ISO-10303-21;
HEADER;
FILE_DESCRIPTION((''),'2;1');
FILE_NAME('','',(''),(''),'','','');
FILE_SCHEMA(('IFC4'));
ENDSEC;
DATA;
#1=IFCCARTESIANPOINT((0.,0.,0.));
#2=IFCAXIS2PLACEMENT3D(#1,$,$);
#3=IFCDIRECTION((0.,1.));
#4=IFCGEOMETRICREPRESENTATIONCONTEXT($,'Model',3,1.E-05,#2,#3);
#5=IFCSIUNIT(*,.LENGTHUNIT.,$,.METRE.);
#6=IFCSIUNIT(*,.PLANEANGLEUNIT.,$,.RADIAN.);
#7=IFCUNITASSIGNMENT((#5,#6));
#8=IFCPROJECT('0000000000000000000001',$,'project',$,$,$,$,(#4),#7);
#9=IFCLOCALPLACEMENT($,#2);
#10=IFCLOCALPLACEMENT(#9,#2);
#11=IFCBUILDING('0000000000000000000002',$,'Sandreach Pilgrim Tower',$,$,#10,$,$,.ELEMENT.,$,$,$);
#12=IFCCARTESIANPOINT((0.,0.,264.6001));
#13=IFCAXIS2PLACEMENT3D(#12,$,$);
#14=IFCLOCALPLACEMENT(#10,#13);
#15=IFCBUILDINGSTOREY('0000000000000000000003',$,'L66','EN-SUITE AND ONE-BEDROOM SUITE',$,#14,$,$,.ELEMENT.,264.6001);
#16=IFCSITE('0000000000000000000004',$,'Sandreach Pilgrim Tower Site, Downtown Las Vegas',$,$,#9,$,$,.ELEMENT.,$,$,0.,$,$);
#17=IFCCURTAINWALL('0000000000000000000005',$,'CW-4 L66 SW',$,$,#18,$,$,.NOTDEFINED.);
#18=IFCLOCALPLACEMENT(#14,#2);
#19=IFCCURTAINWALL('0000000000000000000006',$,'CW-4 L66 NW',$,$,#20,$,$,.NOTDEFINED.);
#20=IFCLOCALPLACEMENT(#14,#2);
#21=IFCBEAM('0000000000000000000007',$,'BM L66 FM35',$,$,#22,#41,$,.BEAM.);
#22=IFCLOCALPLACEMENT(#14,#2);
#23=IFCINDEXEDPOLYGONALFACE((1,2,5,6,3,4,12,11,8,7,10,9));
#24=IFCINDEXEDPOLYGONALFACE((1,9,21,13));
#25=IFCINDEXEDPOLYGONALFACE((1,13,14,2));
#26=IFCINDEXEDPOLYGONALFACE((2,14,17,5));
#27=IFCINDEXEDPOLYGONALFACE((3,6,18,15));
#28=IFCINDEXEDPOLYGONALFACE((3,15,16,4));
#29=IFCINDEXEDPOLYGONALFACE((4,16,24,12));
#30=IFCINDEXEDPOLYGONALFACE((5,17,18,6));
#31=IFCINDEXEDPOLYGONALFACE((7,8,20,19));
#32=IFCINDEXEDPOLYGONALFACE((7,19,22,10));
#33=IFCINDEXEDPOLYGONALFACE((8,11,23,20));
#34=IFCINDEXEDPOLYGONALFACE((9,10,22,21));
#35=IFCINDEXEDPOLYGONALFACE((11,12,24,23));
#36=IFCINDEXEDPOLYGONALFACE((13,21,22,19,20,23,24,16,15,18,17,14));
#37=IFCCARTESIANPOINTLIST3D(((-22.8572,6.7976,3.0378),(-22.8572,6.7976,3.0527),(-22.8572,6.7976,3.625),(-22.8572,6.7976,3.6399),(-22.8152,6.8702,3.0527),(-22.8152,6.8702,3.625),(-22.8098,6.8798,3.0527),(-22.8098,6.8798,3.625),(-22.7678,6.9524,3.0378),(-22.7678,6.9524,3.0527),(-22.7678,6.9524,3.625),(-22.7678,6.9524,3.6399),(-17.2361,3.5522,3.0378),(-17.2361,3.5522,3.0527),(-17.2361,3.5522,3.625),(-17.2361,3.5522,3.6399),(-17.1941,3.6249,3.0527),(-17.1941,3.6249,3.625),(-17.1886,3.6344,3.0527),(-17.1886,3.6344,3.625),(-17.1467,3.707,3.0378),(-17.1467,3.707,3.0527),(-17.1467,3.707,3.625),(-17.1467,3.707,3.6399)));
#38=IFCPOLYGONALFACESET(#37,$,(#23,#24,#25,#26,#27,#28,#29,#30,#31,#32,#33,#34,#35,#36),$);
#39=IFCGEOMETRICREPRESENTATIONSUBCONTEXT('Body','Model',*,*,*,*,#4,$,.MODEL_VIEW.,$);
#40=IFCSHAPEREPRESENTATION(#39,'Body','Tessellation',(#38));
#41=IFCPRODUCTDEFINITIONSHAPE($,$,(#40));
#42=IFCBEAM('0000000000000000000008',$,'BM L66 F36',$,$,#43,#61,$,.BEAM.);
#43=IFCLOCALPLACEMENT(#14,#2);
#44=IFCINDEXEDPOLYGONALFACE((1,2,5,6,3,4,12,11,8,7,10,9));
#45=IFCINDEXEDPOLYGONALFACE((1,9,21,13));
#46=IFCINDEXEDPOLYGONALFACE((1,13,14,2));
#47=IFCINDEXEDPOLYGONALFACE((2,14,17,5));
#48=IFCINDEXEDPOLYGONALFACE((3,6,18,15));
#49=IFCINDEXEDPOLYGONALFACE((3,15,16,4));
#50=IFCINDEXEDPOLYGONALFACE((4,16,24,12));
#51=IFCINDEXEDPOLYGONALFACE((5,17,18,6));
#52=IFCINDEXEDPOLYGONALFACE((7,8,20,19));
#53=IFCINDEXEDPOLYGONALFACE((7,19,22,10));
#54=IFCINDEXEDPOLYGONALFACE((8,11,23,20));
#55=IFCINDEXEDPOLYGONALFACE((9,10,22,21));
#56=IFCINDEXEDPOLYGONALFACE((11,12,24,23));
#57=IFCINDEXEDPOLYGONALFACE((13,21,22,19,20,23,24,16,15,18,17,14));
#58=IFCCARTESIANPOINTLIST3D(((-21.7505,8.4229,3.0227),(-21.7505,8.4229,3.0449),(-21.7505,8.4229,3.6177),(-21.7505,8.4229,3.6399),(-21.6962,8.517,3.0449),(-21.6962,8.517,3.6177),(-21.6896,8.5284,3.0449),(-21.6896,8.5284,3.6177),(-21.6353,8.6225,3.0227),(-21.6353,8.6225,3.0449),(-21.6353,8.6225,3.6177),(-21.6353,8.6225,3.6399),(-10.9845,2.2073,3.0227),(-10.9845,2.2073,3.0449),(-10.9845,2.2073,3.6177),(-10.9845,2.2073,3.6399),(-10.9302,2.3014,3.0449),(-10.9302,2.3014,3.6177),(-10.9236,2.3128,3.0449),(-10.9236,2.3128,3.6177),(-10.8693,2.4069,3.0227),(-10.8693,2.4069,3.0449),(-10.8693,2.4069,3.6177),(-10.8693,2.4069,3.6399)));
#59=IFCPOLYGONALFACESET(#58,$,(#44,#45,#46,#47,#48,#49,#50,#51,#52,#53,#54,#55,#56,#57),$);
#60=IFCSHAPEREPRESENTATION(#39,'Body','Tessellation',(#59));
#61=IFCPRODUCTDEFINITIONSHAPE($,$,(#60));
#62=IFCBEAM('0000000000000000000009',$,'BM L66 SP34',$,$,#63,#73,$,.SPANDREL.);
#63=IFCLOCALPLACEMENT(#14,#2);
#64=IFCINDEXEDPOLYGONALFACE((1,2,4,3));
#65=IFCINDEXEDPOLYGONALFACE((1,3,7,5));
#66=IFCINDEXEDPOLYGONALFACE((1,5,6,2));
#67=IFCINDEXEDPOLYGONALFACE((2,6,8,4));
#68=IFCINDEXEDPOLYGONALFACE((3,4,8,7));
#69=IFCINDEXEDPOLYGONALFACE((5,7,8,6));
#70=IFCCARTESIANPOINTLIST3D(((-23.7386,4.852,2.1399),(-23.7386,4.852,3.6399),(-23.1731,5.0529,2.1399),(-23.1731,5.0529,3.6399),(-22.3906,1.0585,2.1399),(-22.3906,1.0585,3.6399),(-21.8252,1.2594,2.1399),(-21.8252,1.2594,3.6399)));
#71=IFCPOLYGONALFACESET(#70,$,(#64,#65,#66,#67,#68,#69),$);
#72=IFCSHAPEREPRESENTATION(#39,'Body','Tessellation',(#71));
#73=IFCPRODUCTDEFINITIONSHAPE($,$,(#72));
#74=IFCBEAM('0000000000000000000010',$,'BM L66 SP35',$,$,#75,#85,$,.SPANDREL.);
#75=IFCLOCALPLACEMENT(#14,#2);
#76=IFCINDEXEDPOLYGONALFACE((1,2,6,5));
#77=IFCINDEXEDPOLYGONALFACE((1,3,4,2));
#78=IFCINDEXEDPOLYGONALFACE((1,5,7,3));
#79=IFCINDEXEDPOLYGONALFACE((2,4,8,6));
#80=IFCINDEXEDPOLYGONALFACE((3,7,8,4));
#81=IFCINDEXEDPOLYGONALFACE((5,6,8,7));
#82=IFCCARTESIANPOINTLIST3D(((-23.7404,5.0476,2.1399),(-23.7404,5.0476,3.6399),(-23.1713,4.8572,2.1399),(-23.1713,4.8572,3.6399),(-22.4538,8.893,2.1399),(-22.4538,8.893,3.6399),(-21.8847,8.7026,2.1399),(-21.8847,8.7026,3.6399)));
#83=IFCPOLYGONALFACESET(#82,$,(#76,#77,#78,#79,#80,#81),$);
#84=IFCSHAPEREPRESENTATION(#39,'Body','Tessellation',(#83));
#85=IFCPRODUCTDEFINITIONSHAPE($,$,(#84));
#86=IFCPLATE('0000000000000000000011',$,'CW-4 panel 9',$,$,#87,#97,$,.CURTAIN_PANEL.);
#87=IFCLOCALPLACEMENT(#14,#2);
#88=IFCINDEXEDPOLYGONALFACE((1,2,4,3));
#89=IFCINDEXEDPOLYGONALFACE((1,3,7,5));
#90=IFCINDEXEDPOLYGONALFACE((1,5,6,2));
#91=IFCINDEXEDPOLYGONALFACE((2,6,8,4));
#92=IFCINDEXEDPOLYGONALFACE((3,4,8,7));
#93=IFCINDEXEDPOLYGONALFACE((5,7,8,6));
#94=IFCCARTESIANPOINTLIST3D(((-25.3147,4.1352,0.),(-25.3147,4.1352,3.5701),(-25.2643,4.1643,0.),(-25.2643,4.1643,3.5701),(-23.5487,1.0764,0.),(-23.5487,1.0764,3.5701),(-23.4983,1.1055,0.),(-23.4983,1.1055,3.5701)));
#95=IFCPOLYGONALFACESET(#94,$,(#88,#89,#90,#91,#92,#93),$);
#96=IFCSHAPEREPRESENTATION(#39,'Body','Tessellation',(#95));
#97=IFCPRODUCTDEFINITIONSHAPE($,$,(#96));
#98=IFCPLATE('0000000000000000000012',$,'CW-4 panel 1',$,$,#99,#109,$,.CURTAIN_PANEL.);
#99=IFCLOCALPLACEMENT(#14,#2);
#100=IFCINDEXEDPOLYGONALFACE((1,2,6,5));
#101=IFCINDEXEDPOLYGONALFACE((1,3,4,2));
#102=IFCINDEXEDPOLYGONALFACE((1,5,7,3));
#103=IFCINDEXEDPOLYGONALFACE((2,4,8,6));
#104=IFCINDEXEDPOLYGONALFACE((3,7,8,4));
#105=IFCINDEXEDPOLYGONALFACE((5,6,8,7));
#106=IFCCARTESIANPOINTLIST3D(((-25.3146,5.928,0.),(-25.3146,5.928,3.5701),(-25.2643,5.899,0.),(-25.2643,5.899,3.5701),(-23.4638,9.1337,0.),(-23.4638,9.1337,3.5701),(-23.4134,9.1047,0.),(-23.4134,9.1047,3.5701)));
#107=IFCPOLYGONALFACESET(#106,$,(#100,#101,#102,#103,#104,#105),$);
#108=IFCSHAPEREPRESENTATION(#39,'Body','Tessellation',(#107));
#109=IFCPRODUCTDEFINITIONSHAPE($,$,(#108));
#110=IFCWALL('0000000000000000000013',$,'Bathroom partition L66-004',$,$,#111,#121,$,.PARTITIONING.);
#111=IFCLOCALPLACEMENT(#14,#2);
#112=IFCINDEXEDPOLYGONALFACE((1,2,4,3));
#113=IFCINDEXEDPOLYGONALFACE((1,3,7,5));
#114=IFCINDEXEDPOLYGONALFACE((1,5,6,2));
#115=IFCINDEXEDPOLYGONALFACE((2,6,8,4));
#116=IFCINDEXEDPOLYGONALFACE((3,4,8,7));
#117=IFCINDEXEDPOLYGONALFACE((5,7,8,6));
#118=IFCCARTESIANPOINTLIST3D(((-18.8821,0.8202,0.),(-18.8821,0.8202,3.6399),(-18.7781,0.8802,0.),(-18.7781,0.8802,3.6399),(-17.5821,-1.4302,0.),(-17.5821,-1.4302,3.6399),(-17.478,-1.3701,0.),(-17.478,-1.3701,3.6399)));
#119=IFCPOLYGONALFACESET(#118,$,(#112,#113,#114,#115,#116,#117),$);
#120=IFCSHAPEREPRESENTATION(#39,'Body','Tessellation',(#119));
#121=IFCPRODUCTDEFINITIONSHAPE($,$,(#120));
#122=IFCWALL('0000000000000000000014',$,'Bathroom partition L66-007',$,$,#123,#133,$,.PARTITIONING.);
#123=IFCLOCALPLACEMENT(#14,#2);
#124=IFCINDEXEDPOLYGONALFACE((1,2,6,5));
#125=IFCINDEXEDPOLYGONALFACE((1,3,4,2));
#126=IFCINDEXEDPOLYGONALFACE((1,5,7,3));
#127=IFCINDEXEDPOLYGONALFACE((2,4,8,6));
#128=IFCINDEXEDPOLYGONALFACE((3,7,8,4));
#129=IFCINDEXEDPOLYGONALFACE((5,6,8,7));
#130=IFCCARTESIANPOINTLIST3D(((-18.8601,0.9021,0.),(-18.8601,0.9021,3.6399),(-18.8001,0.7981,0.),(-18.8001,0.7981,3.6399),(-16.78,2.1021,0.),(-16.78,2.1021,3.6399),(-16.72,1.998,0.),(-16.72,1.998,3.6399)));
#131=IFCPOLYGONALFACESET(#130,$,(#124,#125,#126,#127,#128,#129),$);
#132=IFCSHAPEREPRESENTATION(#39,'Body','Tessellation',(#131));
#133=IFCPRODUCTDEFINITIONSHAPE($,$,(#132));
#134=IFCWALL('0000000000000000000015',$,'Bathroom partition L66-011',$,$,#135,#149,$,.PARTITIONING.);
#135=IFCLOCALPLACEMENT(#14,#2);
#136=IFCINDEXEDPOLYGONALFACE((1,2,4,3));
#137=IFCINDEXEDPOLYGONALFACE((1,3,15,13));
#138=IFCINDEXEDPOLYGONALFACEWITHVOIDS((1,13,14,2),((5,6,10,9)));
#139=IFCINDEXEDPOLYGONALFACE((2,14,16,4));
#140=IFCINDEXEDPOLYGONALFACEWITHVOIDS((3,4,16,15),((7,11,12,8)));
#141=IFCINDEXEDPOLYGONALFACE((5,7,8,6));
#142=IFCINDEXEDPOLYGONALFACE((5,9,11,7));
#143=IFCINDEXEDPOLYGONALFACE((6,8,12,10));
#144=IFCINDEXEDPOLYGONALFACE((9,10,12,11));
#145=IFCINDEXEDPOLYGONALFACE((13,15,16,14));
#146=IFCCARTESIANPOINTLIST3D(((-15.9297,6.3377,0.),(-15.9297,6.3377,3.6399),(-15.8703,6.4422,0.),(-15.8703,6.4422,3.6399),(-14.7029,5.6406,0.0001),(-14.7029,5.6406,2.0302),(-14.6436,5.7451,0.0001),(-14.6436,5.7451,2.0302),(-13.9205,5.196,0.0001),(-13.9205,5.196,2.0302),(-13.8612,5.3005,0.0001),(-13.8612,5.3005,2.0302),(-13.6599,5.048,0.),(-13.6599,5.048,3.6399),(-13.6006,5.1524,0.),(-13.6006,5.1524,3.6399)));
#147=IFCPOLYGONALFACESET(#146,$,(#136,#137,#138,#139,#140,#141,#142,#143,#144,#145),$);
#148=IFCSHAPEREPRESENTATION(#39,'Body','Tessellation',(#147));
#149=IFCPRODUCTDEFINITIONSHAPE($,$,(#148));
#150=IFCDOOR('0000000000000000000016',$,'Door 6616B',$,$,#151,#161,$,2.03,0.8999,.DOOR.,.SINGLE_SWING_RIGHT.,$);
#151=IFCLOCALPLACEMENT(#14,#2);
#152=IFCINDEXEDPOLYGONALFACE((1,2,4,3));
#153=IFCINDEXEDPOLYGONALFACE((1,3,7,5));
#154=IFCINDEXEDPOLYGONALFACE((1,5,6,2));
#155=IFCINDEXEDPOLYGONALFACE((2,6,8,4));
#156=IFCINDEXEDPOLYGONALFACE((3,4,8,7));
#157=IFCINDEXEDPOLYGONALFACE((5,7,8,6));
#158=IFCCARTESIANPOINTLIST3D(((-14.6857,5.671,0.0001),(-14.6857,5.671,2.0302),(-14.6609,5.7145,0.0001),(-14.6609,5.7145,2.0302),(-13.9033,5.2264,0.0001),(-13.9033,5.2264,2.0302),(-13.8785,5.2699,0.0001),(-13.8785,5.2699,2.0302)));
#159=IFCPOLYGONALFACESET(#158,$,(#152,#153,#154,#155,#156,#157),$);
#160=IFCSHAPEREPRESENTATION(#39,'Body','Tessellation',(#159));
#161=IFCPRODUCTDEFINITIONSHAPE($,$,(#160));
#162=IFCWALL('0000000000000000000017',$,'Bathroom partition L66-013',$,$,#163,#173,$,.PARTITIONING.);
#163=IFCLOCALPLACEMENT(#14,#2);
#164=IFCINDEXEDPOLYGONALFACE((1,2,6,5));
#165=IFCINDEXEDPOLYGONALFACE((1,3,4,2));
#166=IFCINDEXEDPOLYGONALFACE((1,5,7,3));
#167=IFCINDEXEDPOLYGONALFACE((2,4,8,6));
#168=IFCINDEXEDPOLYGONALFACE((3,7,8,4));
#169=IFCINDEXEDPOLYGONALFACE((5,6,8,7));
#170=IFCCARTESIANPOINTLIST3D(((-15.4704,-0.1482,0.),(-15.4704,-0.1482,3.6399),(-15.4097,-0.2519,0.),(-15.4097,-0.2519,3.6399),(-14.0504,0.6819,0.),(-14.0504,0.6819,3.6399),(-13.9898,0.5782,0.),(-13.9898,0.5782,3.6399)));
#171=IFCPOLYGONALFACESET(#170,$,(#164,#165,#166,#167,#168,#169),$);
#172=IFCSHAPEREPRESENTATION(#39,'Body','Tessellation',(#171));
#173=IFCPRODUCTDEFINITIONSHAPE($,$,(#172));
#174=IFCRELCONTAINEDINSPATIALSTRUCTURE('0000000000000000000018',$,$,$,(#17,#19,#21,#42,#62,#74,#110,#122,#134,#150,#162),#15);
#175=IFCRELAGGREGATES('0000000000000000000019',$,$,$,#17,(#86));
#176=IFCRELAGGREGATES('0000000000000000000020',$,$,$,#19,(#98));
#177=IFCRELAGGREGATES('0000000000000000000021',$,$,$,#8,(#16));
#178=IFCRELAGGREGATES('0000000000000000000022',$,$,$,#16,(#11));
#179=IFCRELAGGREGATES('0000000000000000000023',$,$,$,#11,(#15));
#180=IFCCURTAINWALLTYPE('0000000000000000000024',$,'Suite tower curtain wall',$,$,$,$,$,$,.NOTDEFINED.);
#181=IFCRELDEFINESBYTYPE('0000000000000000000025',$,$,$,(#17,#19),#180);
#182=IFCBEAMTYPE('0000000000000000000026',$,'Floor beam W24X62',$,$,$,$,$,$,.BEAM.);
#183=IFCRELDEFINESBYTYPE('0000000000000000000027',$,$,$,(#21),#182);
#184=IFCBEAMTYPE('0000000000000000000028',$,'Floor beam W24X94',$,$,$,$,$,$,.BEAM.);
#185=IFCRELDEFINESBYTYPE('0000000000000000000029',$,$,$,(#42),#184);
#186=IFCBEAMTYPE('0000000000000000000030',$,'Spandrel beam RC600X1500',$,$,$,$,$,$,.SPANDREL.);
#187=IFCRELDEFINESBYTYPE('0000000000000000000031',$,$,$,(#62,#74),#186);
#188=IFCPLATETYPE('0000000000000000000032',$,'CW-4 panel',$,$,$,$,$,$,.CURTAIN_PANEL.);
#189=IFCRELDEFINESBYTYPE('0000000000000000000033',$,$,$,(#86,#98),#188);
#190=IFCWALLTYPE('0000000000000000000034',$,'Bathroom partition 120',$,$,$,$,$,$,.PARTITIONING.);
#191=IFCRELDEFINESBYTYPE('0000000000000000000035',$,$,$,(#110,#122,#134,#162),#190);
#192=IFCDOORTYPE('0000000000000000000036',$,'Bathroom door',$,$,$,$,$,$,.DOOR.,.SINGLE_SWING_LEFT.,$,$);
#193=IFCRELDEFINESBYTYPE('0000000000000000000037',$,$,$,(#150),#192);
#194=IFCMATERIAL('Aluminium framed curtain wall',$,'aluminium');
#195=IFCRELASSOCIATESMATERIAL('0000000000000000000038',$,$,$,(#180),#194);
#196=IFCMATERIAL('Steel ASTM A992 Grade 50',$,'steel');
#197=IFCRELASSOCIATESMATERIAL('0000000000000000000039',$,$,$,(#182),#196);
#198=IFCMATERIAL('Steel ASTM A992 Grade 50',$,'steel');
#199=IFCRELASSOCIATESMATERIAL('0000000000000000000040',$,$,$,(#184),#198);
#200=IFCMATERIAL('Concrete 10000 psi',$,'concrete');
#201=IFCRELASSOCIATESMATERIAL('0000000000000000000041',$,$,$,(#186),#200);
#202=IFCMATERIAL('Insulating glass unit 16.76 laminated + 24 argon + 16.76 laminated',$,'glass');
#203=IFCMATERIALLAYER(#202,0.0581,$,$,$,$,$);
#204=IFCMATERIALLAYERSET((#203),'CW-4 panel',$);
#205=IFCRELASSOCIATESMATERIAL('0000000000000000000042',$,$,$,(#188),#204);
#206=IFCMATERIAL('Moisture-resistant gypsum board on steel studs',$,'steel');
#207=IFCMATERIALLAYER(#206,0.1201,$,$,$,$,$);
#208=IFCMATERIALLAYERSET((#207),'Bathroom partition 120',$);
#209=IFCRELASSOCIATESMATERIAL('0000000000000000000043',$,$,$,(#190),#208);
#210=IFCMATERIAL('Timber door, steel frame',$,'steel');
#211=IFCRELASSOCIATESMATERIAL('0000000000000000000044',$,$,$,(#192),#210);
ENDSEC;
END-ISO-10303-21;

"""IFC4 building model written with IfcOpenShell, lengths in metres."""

from ifc_helpers import new_model, si_unit, direction, frame, frame_2d, origin, origin_2d, place, context, subcontext, project, spatial, rectangle, i_section, extrude, material, layer, layer_set, material_profile, profile_set, type_object, element, fill, aggregate, save


model = new_model("IFC4")

# Units and contexts
model_context = context("Model", 3, precision=1e-05, world=origin(), true_north=direction((0.0, 1.0)))
body_context = subcontext(model_context, "Body", "Model", "MODEL_VIEW")
ifc_project = project(units=[si_unit("LENGTHUNIT", "METRE"), si_unit("PLANEANGLEUNIT", "RADIAN")], contexts=[model_context])

# Site, building, storey
site_placement = place(None, origin())
site = spatial("IfcSite", under=ifc_project, at=site_placement, Name="Sandreach Pilgrim Tower Site, Downtown Las Vegas", CompositionType="ELEMENT", RefElevation=0.0)
building_placement = place(site_placement, origin())
building = spatial("IfcBuilding", under=site, at=building_placement, Name="Sandreach Pilgrim Tower", CompositionType="ELEMENT")
storey_placement = place(building_placement, frame((0.0, 0.0, 264.6001)))
storey = spatial("IfcBuildingStorey", under=building, at=storey_placement, Name="L66", Description="EN-SUITE AND ONE-BEDROOM SUITE", CompositionType="ELEMENT", Elevation=264.6001)

# Curtain wall
ifc_material_1 = material(Name="Aluminium framed curtain wall", Category="aluminium")
curtain_wall_type = type_object("IfcCurtainWallType", Name="Suite tower curtain wall", PredefinedType="NOTDEFINED", material=ifc_material_1)
curtain_wall_1_placement = place(storey_placement, origin())
curtain_wall_1 = element("IfcCurtainWall", 1, at=curtain_wall_1_placement, inside=storey, type_object=curtain_wall_type, Name="CW-4 L66 SW", PredefinedType="NOTDEFINED")

# Curtain wall
curtain_wall_2_placement = place(storey_placement, origin())
curtain_wall_2 = element("IfcCurtainWall", 2, at=curtain_wall_2_placement, inside=storey, type_object=curtain_wall_type, Name="CW-4 L66 NW", PredefinedType="NOTDEFINED")

# Beams
ifc_material_2 = material(Name="Steel ASTM A992 Grade 50", Category="steel")
ifc_material_profile_1 = material_profile(ifc_material_2, i_section(OverallWidth=0.1787, OverallDepth=0.6021, WebThickness=0.011, FlangeThickness=0.0149, at=origin_2d()), Name="W24X62")
ifc_profile_set_1 = profile_set([ifc_material_profile_1], Name="Steel ASTM A992 Grade 50")
beam_type_1 = type_object("IfcBeamType", Name="Floor beam W24X62", PredefinedType="BEAM", material=ifc_profile_set_1)
beam_1_placement = place(storey_placement, frame((-22.8125, 6.875, 3.3389), z_axis=(0.866024, -0.500002, 0.0), x_axis=(0.500002, 0.866024, 0.0)))
element("IfcBeam", 3, at=beam_1_placement, inside=storey, type_object=beam_type_1, Name="BM L66 FM35", PredefinedType="BEAM", context=body_context, shape_type="SweptSolid", body=[
    extrude(i_section(OverallWidth=0.1787, OverallDepth=0.6021, WebThickness=0.011, FlangeThickness=0.0149, at=origin_2d()), origin(), (0.0, 0.0, 1.0), 6.4907),
])
ifc_material_3 = material(Name="Steel ASTM A992 Grade 50", Category="steel")
ifc_material_profile_2 = material_profile(ifc_material_3, i_section(OverallWidth=0.2305, OverallDepth=0.6172, WebThickness=0.0132, FlangeThickness=0.0222, at=origin_2d()), Name="W24X94")
ifc_profile_set_2 = profile_set([ifc_material_profile_2], Name="Steel ASTM A992 Grade 50")
beam_type_2 = type_object("IfcBeamType", Name="Floor beam W24X94", PredefinedType="BEAM", material=ifc_profile_set_2)
beam_2_placement = place(storey_placement, frame((-21.6929, 8.5227, 3.3313), z_axis=(0.866029, -0.499994, 0.0), x_axis=(0.499994, 0.866029, 0.0)))
element("IfcBeam", 4, at=beam_2_placement, inside=storey, type_object=beam_type_2, Name="BM L66 F36", PredefinedType="BEAM", context=body_context, shape_type="SweptSolid", body=[
    extrude(i_section(OverallWidth=0.2305, OverallDepth=0.6172, WebThickness=0.0132, FlangeThickness=0.0222, at=origin_2d()), origin(), (0.0, 0.0, 1.0), 12.4314),
])
ifc_material_4 = material(Name="Concrete 10000 psi", Category="concrete")
ifc_material_profile_3 = material_profile(ifc_material_4, rectangle(XDim=0.6001, YDim=1.5, at=origin_2d()), Name="RC600X1500")
ifc_profile_set_3 = profile_set([ifc_material_profile_3], Name="Concrete 10000 psi")
beam_type_3 = type_object("IfcBeamType", Name="Spandrel beam RC600X1500", PredefinedType="SPANDREL", material=ifc_profile_set_3)
beam_3_placement = place(storey_placement, frame((-22.1079, 1.1589, 2.8899), z_axis=(-0.334815, 0.942284, 0.0), x_axis=(-0.942284, -0.334815, 0.0)))
element("IfcBeam", 5, at=beam_3_placement, inside=storey, type_object=beam_type_3, Name="BM L66 SP34", PredefinedType="SPANDREL", context=body_context, shape_type="SweptSolid", body=[
    extrude(rectangle(XDim=0.6001, YDim=1.5, at=origin_2d()), origin(), (0.0, 0.0, 1.0), 4.0259),
])
beam_4_placement = place(storey_placement, frame((-23.4558, 4.9524, 2.8899), z_axis=(0.317293, 0.948327, 0.0), x_axis=(-0.948327, 0.317293, 0.0)))
element("IfcBeam", 6, at=beam_4_placement, inside=storey, type_object=beam_type_3, Name="BM L66 SP35", PredefinedType="SPANDREL", context=body_context, shape_type="SweptSolid", body=[
    extrude(rectangle(XDim=0.6001, YDim=1.5, at=origin_2d()), origin(), (0.0, 0.0, 1.0), 4.0549),
])

# Plates
ifc_material_5 = material(Name="Insulating glass unit 16.76 laminated + 24 argon + 16.76 laminated", Category="glass")
ifc_layer_1 = layer(ifc_material_5, 0.0581)
ifc_layer_set_1 = layer_set([ifc_layer_1], Name="CW-4 panel")
plate_type = type_object("IfcPlateType", Name="CW-4 panel", PredefinedType="CURTAIN_PANEL", material=ifc_layer_set_1)
plate_1_placement = place(storey_placement, frame((-24.4065, 2.6204, 0.0), z_axis=(0.0, 0.0, 1.0), x_axis=(-0.5, 0.866025, 0.0)))
plate_1 = element("IfcPlate", 7, at=plate_1_placement, type_object=plate_type, Name="CW-4 panel 9", PredefinedType="CURTAIN_PANEL", context=body_context, shape_type="SweptSolid", body=[
    extrude(rectangle(XDim=3.532, YDim=0.0581, at=origin_2d()), origin(), (0.0, 0.0, 1.0), 3.5701),
])
aggregate(curtain_wall_1, [plate_1])
plate_2_placement = place(storey_placement, frame((-24.364, 7.5164, 0.0), z_axis=(0.0, 0.0, 1.0), x_axis=(0.5, 0.866025, 0.0)))
plate_2 = element("IfcPlate", 8, at=plate_2_placement, type_object=plate_type, Name="CW-4 panel 1", PredefinedType="CURTAIN_PANEL", context=body_context, shape_type="SweptSolid", body=[
    extrude(rectangle(XDim=3.7017, YDim=0.0581, at=origin_2d()), origin(), (0.0, 0.0, 1.0), 3.5701),
])
aggregate(curtain_wall_2, [plate_2])

# Walls
ifc_material_6 = material(Name="Moisture-resistant gypsum board on steel studs", Category="steel")
ifc_layer_2 = layer(ifc_material_6, 0.1201)
ifc_layer_set_2 = layer_set([ifc_layer_2], Name="Bathroom partition 120")
wall_type_1 = type_object("IfcWallType", Name="Bathroom partition 120", PredefinedType="PARTITIONING", material=ifc_layer_set_2)
wall_1_placement = place(storey_placement, frame((-18.8301, 0.8501, 0.0), z_axis=(0.0, 0.0, 1.0), x_axis=(0.500251, -0.86588, 0.0)))
element("IfcWall", 9, at=wall_1_placement, inside=storey, type_object=wall_type_1, Name="Bathroom partition L66-004", PredefinedType="PARTITIONING", context=body_context, shape_type="SweptSolid", body=[
    extrude(rectangle(XDim=2.5989, YDim=0.1201, at=frame_2d((1.2993, 0.0))), origin(), (0.0, 0.0, 1.0), 3.6399),
])
wall_2_placement = place(storey_placement, frame((-16.75, 2.05, 0.0), z_axis=(0.0, 0.0, 1.0), x_axis=(-0.866203, -0.499693, 0.0)))
element("IfcWall", 10, at=wall_2_placement, inside=storey, type_object=wall_type_1, Name="Bathroom partition L66-007", PredefinedType="PARTITIONING", context=body_context, shape_type="SweptSolid", body=[
    extrude(rectangle(XDim=2.4014, YDim=0.1201, at=frame_2d((1.2007, 0.0))), origin(), (0.0, 0.0, 1.0), 3.6399),
])

# Wall, opening, door
wall_3_placement = place(storey_placement, frame((-15.8999, 6.3899, 0.0), z_axis=(0.0, 0.0, 1.0), x_axis=(0.869432, -0.494053, 0.0)))
wall_3 = element("IfcWall", 11, at=wall_3_placement, inside=storey, type_object=wall_type_1, Name="Bathroom partition L66-011", PredefinedType="PARTITIONING", context=body_context, shape_type="SweptSolid", body=[
    extrude(rectangle(XDim=2.6106, YDim=0.1201, at=frame_2d((1.3052, 0.0))), origin(), (0.0, 0.0, 1.0), 3.6399),
])
opening_1_placement = place(wall_3_placement, frame((1.4109, 0.0, 0.0)))
opening_1 = element("IfcOpeningElement", 12, at=opening_1_placement, cuts=wall_3, PredefinedType="OPENING", context=body_context, shape_type="SweptSolid", body=[
    extrude(rectangle(XDim=0.8999, YDim=2.03, at=frame_2d((0.45, 1.0151))), frame((0.0, 0.0601, 0.0), z_axis=(0.0, -1.0, 0.0), x_axis=(1.0, 0.0, 0.0)), (0.0, 0.0, 1.0), 0.1201),
])
ifc_material_7 = material(Name="Timber door, steel frame", Category="steel")
door_type_1 = type_object("IfcDoorType", Name="Bathroom door", OperationType="SINGLE_SWING_LEFT", PredefinedType="DOOR", material=ifc_material_7)
door_1_placement = place(opening_1_placement, origin())
door_1 = element("IfcDoor", 13, at=door_1_placement, inside=storey, type_object=door_type_1, Name="Door 6616B", OperationType="SINGLE_SWING_RIGHT", OverallHeight=2.03, OverallWidth=0.8999, PredefinedType="DOOR", context=body_context, shape_type="SweptSolid", body=[
    extrude(rectangle(XDim=0.8999, YDim=2.03, at=frame_2d((0.45, 1.0151))), frame((0.0, 0.0249, 0.0), z_axis=(0.0, -1.0, 0.0), x_axis=(1.0, 0.0, 0.0)), (0.0, 0.0, 1.0), 0.05),
])
fill(opening_1, door_1)

# Wall
wall_4_placement = place(storey_placement, frame((-15.4399, -0.2, 0.0), z_axis=(0.0, 0.0, 1.0), x_axis=(0.863305, 0.504683, 0.0)))
element("IfcWall", 14, at=wall_4_placement, inside=storey, type_object=wall_type_1, Name="Bathroom partition L66-013", PredefinedType="PARTITIONING", context=body_context, shape_type="SweptSolid", body=[
    extrude(rectangle(XDim=1.6448, YDim=0.1201, at=frame_2d((0.8223, 0.0))), origin(), (0.0, 0.0, 1.0), 3.6399),
])

save(model, "model.ifc")
